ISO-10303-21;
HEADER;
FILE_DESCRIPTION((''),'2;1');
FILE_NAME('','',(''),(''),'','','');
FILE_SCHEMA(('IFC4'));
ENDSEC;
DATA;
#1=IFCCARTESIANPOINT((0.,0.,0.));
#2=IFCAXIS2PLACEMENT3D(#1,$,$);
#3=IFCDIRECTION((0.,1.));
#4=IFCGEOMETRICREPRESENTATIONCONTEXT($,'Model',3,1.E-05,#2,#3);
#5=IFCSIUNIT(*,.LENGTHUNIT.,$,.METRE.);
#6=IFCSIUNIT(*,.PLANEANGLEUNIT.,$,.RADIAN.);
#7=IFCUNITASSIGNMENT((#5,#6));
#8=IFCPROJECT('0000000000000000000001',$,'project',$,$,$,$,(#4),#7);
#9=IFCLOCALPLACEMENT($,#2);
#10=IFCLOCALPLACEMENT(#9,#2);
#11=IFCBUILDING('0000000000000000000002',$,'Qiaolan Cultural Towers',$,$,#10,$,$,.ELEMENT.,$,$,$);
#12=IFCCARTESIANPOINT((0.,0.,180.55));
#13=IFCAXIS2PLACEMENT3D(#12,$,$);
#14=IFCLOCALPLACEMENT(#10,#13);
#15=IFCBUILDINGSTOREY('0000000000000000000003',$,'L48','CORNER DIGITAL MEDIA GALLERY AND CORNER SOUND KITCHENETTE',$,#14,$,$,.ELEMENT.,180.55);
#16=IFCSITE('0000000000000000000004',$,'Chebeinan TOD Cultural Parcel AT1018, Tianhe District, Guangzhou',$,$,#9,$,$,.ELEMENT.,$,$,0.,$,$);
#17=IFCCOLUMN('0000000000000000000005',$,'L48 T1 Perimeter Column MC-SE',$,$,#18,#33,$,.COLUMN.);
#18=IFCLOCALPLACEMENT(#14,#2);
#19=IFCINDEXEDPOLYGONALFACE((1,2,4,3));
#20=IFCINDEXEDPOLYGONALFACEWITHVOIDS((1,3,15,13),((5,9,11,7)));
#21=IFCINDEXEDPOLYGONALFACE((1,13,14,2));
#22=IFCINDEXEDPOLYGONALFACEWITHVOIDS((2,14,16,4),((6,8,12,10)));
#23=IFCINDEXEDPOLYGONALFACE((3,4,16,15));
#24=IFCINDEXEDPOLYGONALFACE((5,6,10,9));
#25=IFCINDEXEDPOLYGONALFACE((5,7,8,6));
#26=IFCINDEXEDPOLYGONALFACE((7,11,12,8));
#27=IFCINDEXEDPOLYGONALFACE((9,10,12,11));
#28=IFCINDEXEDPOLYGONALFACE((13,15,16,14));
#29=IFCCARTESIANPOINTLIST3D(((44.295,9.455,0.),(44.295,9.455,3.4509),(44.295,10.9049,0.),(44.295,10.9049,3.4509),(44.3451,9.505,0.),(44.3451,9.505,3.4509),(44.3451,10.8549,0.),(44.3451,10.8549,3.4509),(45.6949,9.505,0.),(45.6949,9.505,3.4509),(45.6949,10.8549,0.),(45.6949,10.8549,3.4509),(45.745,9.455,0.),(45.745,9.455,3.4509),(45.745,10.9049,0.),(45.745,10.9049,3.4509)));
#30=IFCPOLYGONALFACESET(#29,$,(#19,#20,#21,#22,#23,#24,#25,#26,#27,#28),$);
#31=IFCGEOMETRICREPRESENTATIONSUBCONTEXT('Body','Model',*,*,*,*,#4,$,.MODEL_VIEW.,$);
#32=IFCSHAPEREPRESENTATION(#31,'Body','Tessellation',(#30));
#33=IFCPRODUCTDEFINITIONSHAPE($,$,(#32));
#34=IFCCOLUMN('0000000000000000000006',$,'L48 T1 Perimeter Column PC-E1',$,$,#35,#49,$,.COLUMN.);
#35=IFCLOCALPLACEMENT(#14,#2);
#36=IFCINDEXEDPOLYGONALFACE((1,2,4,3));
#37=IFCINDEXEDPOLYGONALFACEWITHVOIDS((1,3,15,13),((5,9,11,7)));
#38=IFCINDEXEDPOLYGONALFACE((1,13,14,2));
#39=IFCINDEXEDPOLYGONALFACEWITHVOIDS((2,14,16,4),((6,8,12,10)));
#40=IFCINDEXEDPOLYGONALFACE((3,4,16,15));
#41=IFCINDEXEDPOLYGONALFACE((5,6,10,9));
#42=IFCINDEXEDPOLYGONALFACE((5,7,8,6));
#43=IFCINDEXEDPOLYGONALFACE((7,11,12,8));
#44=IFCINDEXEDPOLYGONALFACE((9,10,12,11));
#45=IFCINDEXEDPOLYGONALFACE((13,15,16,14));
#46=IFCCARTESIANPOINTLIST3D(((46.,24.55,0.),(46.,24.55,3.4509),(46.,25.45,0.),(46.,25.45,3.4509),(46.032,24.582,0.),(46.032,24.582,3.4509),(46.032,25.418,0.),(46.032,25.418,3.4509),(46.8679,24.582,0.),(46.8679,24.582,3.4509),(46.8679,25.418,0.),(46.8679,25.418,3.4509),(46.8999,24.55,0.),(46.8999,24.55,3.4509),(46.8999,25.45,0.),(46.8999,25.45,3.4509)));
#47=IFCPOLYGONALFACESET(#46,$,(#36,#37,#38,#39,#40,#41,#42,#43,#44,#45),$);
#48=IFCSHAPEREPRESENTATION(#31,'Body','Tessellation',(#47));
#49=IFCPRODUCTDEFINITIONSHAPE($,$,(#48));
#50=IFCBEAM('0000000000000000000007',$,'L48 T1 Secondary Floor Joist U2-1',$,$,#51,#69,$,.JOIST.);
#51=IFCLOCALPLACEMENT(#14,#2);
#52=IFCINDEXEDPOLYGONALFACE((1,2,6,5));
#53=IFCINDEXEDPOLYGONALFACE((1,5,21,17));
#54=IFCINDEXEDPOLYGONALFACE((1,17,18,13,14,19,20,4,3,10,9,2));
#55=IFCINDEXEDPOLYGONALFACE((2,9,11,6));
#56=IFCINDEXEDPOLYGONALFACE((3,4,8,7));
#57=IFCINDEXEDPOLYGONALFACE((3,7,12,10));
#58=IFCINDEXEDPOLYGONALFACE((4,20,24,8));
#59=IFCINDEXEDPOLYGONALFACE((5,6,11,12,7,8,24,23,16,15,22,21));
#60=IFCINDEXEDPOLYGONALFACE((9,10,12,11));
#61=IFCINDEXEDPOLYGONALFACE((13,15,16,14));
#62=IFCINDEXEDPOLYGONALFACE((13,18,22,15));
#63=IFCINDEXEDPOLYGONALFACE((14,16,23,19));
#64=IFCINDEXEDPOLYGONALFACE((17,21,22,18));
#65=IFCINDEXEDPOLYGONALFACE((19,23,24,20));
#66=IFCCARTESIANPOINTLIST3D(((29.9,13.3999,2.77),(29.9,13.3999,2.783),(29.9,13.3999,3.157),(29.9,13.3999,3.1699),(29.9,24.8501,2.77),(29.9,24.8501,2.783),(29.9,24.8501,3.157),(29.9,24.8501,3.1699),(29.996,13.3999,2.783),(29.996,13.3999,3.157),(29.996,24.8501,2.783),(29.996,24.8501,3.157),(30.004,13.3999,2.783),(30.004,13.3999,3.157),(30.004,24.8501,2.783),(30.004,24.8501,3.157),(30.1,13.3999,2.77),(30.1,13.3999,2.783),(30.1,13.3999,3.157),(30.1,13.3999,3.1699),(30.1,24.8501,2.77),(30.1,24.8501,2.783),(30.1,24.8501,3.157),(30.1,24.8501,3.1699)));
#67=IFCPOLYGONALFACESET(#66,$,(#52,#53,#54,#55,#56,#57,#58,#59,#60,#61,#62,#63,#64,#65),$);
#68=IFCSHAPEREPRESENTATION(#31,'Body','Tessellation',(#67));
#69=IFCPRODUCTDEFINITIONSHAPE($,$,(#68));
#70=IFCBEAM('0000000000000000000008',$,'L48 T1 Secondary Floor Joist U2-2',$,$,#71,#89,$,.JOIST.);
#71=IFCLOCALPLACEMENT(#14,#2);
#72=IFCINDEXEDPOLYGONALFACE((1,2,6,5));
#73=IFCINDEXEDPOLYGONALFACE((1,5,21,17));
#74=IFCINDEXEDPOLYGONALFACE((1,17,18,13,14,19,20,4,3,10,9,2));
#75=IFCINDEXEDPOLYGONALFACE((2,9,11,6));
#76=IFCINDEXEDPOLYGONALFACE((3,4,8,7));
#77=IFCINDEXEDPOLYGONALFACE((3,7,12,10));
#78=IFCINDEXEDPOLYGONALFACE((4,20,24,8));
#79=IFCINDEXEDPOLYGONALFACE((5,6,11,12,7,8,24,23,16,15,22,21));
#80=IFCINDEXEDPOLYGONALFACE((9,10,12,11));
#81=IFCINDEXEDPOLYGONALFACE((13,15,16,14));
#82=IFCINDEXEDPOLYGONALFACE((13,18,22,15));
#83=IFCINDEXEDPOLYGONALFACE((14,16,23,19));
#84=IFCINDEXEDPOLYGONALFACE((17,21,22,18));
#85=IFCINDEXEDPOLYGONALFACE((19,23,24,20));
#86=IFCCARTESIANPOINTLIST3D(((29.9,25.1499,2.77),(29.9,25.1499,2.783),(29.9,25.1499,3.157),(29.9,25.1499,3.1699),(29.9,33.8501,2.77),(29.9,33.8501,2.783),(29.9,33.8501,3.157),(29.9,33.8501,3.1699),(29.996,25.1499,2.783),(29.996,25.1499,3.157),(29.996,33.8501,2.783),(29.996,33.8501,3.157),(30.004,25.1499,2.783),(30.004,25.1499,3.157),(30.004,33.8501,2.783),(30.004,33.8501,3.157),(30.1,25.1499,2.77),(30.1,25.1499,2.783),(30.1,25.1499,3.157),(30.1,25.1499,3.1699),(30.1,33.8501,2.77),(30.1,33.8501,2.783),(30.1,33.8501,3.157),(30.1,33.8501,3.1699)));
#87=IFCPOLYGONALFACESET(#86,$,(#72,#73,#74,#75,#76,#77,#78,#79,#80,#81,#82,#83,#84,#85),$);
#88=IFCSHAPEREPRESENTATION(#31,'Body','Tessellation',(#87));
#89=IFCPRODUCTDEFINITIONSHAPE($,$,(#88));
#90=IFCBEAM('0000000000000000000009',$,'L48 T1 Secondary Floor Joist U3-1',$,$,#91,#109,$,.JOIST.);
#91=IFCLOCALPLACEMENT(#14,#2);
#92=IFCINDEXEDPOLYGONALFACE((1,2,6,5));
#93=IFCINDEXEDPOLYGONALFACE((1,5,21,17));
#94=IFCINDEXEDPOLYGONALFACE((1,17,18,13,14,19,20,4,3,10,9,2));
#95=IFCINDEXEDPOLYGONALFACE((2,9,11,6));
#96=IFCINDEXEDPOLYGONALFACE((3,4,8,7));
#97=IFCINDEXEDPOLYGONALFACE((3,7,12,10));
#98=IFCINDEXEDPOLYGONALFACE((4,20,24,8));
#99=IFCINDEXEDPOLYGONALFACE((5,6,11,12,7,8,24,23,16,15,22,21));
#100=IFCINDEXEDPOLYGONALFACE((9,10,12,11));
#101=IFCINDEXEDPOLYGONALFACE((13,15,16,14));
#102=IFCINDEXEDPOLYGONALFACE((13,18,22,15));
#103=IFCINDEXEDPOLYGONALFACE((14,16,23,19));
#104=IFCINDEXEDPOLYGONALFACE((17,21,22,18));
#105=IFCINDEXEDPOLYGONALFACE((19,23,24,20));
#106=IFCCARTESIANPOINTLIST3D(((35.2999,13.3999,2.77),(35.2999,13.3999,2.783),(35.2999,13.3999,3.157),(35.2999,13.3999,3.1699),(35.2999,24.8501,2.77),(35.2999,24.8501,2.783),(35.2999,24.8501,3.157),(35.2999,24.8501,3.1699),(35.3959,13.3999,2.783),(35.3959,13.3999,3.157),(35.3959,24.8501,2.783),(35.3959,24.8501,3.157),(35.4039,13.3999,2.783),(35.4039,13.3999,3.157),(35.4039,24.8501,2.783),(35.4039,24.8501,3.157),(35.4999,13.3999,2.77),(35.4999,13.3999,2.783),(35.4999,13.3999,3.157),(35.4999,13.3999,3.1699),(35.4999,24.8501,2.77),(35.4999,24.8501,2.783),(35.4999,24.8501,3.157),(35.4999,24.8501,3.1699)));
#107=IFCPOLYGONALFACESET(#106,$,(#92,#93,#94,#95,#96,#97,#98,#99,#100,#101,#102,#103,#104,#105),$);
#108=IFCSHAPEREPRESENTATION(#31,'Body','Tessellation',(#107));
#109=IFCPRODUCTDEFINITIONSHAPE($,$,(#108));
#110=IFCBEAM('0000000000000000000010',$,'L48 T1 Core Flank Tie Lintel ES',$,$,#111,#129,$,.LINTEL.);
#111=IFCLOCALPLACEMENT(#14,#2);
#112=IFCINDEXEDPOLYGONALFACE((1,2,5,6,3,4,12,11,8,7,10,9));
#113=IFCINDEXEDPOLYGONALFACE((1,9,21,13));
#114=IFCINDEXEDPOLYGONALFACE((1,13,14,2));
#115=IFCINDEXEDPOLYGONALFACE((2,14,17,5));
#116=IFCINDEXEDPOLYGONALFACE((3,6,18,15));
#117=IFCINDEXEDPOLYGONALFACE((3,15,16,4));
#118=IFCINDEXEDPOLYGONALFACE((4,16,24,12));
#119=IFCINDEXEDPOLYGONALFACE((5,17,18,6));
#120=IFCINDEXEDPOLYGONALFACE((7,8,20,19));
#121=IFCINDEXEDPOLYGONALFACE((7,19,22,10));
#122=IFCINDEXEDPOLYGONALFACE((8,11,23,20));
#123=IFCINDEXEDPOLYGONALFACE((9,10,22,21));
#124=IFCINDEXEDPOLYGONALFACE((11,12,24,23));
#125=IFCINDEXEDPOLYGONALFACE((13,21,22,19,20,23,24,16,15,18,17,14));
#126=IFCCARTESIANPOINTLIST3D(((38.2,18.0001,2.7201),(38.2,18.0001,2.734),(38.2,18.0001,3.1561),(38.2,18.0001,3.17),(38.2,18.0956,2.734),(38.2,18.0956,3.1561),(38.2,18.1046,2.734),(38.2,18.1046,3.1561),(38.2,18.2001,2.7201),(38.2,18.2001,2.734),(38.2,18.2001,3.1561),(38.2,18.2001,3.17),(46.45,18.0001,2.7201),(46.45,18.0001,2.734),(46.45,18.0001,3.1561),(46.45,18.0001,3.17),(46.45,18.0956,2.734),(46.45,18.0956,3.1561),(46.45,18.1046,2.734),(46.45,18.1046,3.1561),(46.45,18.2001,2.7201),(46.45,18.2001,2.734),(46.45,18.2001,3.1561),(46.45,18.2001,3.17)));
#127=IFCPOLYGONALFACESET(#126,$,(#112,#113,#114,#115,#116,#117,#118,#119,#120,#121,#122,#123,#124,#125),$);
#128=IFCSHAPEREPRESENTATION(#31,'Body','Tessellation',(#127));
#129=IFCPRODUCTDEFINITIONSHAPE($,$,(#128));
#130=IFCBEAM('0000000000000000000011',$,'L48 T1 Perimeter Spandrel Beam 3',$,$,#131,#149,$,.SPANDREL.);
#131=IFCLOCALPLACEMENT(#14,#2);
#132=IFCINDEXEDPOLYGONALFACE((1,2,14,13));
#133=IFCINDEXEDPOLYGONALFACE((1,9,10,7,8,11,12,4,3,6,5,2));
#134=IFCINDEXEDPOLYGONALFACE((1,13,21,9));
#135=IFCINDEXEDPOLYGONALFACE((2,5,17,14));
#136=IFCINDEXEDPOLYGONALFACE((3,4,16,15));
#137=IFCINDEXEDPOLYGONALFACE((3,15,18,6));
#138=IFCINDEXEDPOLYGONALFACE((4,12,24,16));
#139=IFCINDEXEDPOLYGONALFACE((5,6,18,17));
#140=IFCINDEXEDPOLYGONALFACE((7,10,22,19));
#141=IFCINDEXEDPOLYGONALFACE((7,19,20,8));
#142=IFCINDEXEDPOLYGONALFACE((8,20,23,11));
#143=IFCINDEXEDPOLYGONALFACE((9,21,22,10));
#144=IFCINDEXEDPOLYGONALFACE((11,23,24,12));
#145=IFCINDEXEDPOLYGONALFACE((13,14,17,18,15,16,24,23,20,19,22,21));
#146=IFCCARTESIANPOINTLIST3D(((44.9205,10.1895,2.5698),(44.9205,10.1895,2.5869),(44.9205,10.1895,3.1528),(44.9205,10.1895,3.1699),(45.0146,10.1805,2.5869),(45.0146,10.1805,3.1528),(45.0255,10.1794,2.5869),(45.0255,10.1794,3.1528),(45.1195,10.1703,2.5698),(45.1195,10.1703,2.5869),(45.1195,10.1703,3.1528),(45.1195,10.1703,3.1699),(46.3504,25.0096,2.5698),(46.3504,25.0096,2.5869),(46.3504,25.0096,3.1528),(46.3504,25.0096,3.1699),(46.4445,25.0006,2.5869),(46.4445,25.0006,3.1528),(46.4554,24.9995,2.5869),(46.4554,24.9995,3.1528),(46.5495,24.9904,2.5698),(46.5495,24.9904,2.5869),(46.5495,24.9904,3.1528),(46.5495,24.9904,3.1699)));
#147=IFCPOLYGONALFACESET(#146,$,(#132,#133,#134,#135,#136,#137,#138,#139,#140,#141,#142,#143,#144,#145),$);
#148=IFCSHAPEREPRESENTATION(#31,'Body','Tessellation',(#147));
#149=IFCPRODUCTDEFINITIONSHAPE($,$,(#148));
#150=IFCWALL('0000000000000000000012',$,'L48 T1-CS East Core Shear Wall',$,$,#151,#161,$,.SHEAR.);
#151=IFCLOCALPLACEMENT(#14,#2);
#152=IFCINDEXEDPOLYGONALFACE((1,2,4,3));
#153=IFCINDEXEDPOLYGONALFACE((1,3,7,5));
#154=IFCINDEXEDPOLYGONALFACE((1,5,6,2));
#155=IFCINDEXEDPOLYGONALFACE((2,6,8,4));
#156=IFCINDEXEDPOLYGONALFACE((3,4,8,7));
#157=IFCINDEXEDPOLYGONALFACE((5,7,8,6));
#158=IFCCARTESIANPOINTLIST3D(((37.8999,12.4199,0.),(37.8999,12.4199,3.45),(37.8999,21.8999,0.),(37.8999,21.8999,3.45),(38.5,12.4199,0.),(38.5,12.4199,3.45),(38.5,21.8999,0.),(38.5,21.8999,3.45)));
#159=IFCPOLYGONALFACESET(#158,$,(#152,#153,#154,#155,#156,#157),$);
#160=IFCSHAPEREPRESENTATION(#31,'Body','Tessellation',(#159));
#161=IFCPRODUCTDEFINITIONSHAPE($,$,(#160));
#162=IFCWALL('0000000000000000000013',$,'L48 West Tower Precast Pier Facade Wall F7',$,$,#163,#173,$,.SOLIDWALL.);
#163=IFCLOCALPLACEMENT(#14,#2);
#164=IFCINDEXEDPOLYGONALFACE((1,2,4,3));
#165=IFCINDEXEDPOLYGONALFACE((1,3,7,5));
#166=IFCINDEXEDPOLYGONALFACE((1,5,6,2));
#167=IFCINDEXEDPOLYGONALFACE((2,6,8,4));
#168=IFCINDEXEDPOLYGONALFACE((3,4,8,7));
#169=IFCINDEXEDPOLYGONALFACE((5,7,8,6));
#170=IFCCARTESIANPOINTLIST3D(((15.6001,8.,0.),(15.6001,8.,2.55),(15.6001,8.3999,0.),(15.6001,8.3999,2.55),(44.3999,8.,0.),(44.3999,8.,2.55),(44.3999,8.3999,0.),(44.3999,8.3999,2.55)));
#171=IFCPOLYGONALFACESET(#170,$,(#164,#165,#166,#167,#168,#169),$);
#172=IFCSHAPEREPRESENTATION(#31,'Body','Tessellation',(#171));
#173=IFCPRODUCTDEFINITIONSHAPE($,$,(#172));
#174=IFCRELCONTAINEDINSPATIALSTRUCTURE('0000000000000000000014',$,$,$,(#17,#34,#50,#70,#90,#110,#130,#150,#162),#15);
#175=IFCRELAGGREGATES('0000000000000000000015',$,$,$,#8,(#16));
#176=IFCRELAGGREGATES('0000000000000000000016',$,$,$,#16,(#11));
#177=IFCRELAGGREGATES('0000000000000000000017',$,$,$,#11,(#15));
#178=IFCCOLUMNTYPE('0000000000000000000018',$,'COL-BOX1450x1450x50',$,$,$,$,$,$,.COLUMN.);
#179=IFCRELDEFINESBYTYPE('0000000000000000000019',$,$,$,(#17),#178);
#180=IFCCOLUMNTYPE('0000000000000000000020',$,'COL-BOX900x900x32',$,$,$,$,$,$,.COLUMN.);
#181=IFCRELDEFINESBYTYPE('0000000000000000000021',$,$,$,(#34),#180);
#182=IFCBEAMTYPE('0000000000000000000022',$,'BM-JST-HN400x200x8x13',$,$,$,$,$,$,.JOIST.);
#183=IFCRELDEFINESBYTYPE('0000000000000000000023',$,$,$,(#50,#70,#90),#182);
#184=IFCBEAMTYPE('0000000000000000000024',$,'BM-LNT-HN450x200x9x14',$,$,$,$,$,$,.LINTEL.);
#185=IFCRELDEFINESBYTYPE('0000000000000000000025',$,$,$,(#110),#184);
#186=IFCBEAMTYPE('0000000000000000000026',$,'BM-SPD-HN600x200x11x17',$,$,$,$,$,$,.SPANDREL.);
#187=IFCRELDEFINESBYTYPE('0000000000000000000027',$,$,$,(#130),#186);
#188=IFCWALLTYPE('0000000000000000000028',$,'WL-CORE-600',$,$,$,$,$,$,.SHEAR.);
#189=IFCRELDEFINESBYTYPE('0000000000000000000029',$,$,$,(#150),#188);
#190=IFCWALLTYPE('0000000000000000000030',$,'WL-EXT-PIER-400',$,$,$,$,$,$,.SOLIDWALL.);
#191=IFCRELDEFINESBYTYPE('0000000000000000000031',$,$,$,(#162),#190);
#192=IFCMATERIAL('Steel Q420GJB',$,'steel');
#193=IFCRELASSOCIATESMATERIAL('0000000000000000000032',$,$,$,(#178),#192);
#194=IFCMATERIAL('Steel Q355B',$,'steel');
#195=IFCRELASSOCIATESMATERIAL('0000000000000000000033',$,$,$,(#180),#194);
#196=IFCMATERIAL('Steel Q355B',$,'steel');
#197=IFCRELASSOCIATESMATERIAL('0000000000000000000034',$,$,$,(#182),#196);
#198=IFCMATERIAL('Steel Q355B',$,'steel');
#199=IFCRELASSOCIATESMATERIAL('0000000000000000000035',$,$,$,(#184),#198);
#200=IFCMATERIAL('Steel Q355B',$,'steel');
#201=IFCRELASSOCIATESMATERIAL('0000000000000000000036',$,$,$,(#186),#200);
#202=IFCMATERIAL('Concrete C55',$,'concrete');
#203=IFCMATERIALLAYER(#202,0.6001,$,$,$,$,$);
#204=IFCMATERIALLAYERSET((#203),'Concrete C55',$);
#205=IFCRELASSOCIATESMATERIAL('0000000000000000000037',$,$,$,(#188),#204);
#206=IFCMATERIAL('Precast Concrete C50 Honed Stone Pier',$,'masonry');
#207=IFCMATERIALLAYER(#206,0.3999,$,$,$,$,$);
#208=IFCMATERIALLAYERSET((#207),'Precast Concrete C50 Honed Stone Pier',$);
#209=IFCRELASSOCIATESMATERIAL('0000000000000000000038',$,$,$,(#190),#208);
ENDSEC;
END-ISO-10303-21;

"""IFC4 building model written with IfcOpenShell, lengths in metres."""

from ifc_helpers import new_model, si_unit, direction, frame, frame_2d, origin, origin_2d, place, context, subcontext, project, spatial, rectangle, hollow_rectangle, i_section, extrude, material, layer, layer_set, material_profile, profile_set, type_object, element, save


model = new_model("IFC4")

# Units and contexts
model_context = context("Model", 3, precision=1e-05, world=origin(), true_north=direction((0.0, 1.0)))
body_context = subcontext(model_context, "Body", "Model", "MODEL_VIEW")
ifc_project = project(units=[si_unit("LENGTHUNIT", "METRE"), si_unit("PLANEANGLEUNIT", "RADIAN")], contexts=[model_context])

# Site, building, storey
site_placement = place(None, origin())
site = spatial("IfcSite", under=ifc_project, at=site_placement, Name="Chebeinan TOD Cultural Parcel AT1018, Tianhe District, Guangzhou", CompositionType="ELEMENT", RefElevation=0.0)
building_placement = place(site_placement, origin())
building = spatial("IfcBuilding", under=site, at=building_placement, Name="Qiaolan Cultural Towers", CompositionType="ELEMENT")
storey_placement = place(building_placement, frame((0.0, 0.0, 180.55)))
storey = spatial("IfcBuildingStorey", under=building, at=storey_placement, Name="L48", Description="CORNER DIGITAL MEDIA GALLERY AND CORNER SOUND KITCHENETTE", CompositionType="ELEMENT", Elevation=180.55)

# Columns
ifc_material_1 = material(Name="Steel Q420GJB", Category="steel")
ifc_material_profile_1 = material_profile(ifc_material_1, hollow_rectangle(XDim=1.45, YDim=1.45, WallThickness=0.05, at=origin_2d()), Name="BOX1450x1450x50")
ifc_profile_set_1 = profile_set([ifc_material_profile_1], Name="Steel Q420GJB")
column_type_1 = type_object("IfcColumnType", Name="COL-BOX1450x1450x50", PredefinedType="COLUMN", material=ifc_profile_set_1)
column_1_placement = place(storey_placement, frame((45.02, 10.1799, 0.0), z_axis=(0.0, 0.0, 1.0), x_axis=(1.0, 0.0, 0.0)))
element("IfcColumn", 1, at=column_1_placement, inside=storey, type_object=column_type_1, Name="L48 T1 Perimeter Column MC-SE", PredefinedType="COLUMN", context=body_context, shape_type="SweptSolid", body=[
    extrude(hollow_rectangle(XDim=1.45, YDim=1.45, WallThickness=0.05, at=origin_2d()), origin(), (0.0, 0.0, 1.0), 3.4509),
])
ifc_material_2 = material(Name="Steel Q355B", Category="steel")
ifc_material_profile_2 = material_profile(ifc_material_2, hollow_rectangle(XDim=0.8999, YDim=0.8999, WallThickness=0.032, at=origin_2d()), Name="BOX900x900x32")
ifc_profile_set_2 = profile_set([ifc_material_profile_2], Name="Steel Q355B")
column_type_2 = type_object("IfcColumnType", Name="COL-BOX900x900x32", PredefinedType="COLUMN", material=ifc_profile_set_2)
column_2_placement = place(storey_placement, frame((46.45, 25.0, 0.0), z_axis=(0.0, 0.0, 1.0), x_axis=(1.0, 0.0, 0.0)))
element("IfcColumn", 2, at=column_2_placement, inside=storey, type_object=column_type_2, Name="L48 T1 Perimeter Column PC-E1", PredefinedType="COLUMN", context=body_context, shape_type="SweptSolid", body=[
    extrude(hollow_rectangle(XDim=0.8999, YDim=0.8999, WallThickness=0.032, at=origin_2d()), origin(), (0.0, 0.0, 1.0), 3.4509),
])

# Beams
ifc_material_3 = material(Name="Steel Q355B", Category="steel")
ifc_material_profile_3 = material_profile(ifc_material_3, i_section(OverallWidth=0.2, OverallDepth=0.3999, WebThickness=0.0081, FlangeThickness=0.0129, at=origin_2d()), Name="HN400x200x8x13")
ifc_profile_set_3 = profile_set([ifc_material_profile_3], Name="Steel Q355B")
beam_type_1 = type_object("IfcBeamType", Name="BM-JST-HN400x200x8x13", PredefinedType="JOIST", material=ifc_profile_set_3)
beam_1_placement = place(storey_placement, frame((30.0, 13.3999, 2.97), z_axis=(0.0, 1.0, 0.0), x_axis=(-1.0, 0.0, 0.0)))
element("IfcBeam", 3, at=beam_1_placement, inside=storey, type_object=beam_type_1, Name="L48 T1 Secondary Floor Joist U2-1", PredefinedType="JOIST", context=body_context, shape_type="SweptSolid", body=[
    extrude(i_section(OverallWidth=0.2, OverallDepth=0.3999, WebThickness=0.0081, FlangeThickness=0.0129, at=origin_2d()), origin(), (0.0, 0.0, 1.0), 11.4502),
])
beam_2_placement = place(storey_placement, frame((30.0, 25.1499, 2.97), z_axis=(0.0, 1.0, 0.0), x_axis=(-1.0, 0.0, 0.0)))
element("IfcBeam", 4, at=beam_2_placement, inside=storey, type_object=beam_type_1, Name="L48 T1 Secondary Floor Joist U2-2", PredefinedType="JOIST", context=body_context, shape_type="SweptSolid", body=[
    extrude(i_section(OverallWidth=0.2, OverallDepth=0.3999, WebThickness=0.0081, FlangeThickness=0.0129, at=origin_2d()), origin(), (0.0, 0.0, 1.0), 8.7002),
])
beam_3_placement = place(storey_placement, frame((35.3999, 13.3999, 2.97), z_axis=(0.0, 1.0, 0.0), x_axis=(-1.0, 0.0, 0.0)))
element("IfcBeam", 5, at=beam_3_placement, inside=storey, type_object=beam_type_1, Name="L48 T1 Secondary Floor Joist U3-1", PredefinedType="JOIST", context=body_context, shape_type="SweptSolid", body=[
    extrude(i_section(OverallWidth=0.2, OverallDepth=0.3999, WebThickness=0.0081, FlangeThickness=0.0129, at=origin_2d()), origin(), (0.0, 0.0, 1.0), 11.4502),
])
ifc_material_4 = material(Name="Steel Q355B", Category="steel")
ifc_material_profile_4 = material_profile(ifc_material_4, i_section(OverallWidth=0.2, OverallDepth=0.45, WebThickness=0.009, FlangeThickness=0.0139, at=origin_2d()), Name="HN450x200x9x14")
ifc_profile_set_4 = profile_set([ifc_material_profile_4], Name="Steel Q355B")
beam_type_2 = type_object("IfcBeamType", Name="BM-LNT-HN450x200x9x14", PredefinedType="LINTEL", material=ifc_profile_set_4)
beam_4_placement = place(storey_placement, frame((38.2, 18.1001, 2.9451), z_axis=(1.0, 0.0, 0.0), x_axis=(0.0, 1.0, 0.0)))
element("IfcBeam", 6, at=beam_4_placement, inside=storey, type_object=beam_type_2, Name="L48 T1 Core Flank Tie Lintel ES", PredefinedType="LINTEL", context=body_context, shape_type="SweptSolid", body=[
    extrude(i_section(OverallWidth=0.2, OverallDepth=0.45, WebThickness=0.009, FlangeThickness=0.0139, at=origin_2d()), origin(), (0.0, 0.0, 1.0), 8.25),
])
ifc_material_5 = material(Name="Steel Q355B", Category="steel")
ifc_material_profile_5 = material_profile(ifc_material_5, i_section(OverallWidth=0.2, OverallDepth=0.6001, WebThickness=0.011, FlangeThickness=0.0171, at=origin_2d()), Name="HN600x200x11x17")
ifc_profile_set_5 = profile_set([ifc_material_profile_5], Name="Steel Q355B")
beam_type_3 = type_object("IfcBeamType", Name="BM-SPD-HN600x200x11x17", PredefinedType="SPANDREL", material=ifc_profile_set_5)
beam_5_placement = place(storey_placement, frame((45.02, 10.1799, 2.8699), z_axis=(0.09604, 0.995377, 0.0), x_axis=(-0.995377, 0.09604, 0.0)))
element("IfcBeam", 7, at=beam_5_placement, inside=storey, type_object=beam_type_3, Name="L48 T1 Perimeter Spandrel Beam 3", PredefinedType="SPANDREL", context=body_context, shape_type="SweptSolid", body=[
    extrude(i_section(OverallWidth=0.2, OverallDepth=0.6001, WebThickness=0.011, FlangeThickness=0.0171, at=origin_2d()), origin(), (0.0, 0.0, 1.0), 14.8889),
])

# Walls
ifc_material_6 = material(Name="Concrete C55", Category="concrete")
ifc_layer_1 = layer(ifc_material_6, 0.6001)
ifc_layer_set_1 = layer_set([ifc_layer_1], Name="Concrete C55")
wall_type_1 = type_object("IfcWallType", Name="WL-CORE-600", PredefinedType="SHEAR", material=ifc_layer_set_1)
wall_1_placement = place(storey_placement, frame((38.2, 21.8999, 0.0), z_axis=(0.0, 0.0, 1.0), x_axis=(0.0, -1.0, 0.0)))
element("IfcWall", 8, at=wall_1_placement, inside=storey, type_object=wall_type_1, Name="L48 T1-CS East Core Shear Wall", PredefinedType="SHEAR", context=body_context, shape_type="SweptSolid", body=[
    extrude(rectangle(XDim=9.48, YDim=0.6001, at=frame_2d((4.74, 0.0))), origin(), (0.0, 0.0, 1.0), 3.45),
])
ifc_material_7 = material(Name="Precast Concrete C50 Honed Stone Pier", Category="masonry")
ifc_layer_2 = layer(ifc_material_7, 0.3999)
ifc_layer_set_2 = layer_set([ifc_layer_2], Name="Precast Concrete C50 Honed Stone Pier")
wall_type_2 = type_object("IfcWallType", Name="WL-EXT-PIER-400", PredefinedType="SOLIDWALL", material=ifc_layer_set_2)
wall_2_placement = place(storey_placement, frame((44.3999, 8.2, 0.0), z_axis=(0.0, 0.0, 1.0), x_axis=(-1.0, 0.0, 0.0)))
element("IfcWall", 9, at=wall_2_placement, inside=storey, type_object=wall_type_2, Name="L48 West Tower Precast Pier Facade Wall F7", PredefinedType="SOLIDWALL", context=body_context, shape_type="SweptSolid", body=[
    extrude(rectangle(XDim=28.7998, YDim=0.3999, at=frame_2d((14.3999, 0.0))), origin(), (0.0, 0.0, 1.0), 2.55),
])

save(model, "model.ifc")
